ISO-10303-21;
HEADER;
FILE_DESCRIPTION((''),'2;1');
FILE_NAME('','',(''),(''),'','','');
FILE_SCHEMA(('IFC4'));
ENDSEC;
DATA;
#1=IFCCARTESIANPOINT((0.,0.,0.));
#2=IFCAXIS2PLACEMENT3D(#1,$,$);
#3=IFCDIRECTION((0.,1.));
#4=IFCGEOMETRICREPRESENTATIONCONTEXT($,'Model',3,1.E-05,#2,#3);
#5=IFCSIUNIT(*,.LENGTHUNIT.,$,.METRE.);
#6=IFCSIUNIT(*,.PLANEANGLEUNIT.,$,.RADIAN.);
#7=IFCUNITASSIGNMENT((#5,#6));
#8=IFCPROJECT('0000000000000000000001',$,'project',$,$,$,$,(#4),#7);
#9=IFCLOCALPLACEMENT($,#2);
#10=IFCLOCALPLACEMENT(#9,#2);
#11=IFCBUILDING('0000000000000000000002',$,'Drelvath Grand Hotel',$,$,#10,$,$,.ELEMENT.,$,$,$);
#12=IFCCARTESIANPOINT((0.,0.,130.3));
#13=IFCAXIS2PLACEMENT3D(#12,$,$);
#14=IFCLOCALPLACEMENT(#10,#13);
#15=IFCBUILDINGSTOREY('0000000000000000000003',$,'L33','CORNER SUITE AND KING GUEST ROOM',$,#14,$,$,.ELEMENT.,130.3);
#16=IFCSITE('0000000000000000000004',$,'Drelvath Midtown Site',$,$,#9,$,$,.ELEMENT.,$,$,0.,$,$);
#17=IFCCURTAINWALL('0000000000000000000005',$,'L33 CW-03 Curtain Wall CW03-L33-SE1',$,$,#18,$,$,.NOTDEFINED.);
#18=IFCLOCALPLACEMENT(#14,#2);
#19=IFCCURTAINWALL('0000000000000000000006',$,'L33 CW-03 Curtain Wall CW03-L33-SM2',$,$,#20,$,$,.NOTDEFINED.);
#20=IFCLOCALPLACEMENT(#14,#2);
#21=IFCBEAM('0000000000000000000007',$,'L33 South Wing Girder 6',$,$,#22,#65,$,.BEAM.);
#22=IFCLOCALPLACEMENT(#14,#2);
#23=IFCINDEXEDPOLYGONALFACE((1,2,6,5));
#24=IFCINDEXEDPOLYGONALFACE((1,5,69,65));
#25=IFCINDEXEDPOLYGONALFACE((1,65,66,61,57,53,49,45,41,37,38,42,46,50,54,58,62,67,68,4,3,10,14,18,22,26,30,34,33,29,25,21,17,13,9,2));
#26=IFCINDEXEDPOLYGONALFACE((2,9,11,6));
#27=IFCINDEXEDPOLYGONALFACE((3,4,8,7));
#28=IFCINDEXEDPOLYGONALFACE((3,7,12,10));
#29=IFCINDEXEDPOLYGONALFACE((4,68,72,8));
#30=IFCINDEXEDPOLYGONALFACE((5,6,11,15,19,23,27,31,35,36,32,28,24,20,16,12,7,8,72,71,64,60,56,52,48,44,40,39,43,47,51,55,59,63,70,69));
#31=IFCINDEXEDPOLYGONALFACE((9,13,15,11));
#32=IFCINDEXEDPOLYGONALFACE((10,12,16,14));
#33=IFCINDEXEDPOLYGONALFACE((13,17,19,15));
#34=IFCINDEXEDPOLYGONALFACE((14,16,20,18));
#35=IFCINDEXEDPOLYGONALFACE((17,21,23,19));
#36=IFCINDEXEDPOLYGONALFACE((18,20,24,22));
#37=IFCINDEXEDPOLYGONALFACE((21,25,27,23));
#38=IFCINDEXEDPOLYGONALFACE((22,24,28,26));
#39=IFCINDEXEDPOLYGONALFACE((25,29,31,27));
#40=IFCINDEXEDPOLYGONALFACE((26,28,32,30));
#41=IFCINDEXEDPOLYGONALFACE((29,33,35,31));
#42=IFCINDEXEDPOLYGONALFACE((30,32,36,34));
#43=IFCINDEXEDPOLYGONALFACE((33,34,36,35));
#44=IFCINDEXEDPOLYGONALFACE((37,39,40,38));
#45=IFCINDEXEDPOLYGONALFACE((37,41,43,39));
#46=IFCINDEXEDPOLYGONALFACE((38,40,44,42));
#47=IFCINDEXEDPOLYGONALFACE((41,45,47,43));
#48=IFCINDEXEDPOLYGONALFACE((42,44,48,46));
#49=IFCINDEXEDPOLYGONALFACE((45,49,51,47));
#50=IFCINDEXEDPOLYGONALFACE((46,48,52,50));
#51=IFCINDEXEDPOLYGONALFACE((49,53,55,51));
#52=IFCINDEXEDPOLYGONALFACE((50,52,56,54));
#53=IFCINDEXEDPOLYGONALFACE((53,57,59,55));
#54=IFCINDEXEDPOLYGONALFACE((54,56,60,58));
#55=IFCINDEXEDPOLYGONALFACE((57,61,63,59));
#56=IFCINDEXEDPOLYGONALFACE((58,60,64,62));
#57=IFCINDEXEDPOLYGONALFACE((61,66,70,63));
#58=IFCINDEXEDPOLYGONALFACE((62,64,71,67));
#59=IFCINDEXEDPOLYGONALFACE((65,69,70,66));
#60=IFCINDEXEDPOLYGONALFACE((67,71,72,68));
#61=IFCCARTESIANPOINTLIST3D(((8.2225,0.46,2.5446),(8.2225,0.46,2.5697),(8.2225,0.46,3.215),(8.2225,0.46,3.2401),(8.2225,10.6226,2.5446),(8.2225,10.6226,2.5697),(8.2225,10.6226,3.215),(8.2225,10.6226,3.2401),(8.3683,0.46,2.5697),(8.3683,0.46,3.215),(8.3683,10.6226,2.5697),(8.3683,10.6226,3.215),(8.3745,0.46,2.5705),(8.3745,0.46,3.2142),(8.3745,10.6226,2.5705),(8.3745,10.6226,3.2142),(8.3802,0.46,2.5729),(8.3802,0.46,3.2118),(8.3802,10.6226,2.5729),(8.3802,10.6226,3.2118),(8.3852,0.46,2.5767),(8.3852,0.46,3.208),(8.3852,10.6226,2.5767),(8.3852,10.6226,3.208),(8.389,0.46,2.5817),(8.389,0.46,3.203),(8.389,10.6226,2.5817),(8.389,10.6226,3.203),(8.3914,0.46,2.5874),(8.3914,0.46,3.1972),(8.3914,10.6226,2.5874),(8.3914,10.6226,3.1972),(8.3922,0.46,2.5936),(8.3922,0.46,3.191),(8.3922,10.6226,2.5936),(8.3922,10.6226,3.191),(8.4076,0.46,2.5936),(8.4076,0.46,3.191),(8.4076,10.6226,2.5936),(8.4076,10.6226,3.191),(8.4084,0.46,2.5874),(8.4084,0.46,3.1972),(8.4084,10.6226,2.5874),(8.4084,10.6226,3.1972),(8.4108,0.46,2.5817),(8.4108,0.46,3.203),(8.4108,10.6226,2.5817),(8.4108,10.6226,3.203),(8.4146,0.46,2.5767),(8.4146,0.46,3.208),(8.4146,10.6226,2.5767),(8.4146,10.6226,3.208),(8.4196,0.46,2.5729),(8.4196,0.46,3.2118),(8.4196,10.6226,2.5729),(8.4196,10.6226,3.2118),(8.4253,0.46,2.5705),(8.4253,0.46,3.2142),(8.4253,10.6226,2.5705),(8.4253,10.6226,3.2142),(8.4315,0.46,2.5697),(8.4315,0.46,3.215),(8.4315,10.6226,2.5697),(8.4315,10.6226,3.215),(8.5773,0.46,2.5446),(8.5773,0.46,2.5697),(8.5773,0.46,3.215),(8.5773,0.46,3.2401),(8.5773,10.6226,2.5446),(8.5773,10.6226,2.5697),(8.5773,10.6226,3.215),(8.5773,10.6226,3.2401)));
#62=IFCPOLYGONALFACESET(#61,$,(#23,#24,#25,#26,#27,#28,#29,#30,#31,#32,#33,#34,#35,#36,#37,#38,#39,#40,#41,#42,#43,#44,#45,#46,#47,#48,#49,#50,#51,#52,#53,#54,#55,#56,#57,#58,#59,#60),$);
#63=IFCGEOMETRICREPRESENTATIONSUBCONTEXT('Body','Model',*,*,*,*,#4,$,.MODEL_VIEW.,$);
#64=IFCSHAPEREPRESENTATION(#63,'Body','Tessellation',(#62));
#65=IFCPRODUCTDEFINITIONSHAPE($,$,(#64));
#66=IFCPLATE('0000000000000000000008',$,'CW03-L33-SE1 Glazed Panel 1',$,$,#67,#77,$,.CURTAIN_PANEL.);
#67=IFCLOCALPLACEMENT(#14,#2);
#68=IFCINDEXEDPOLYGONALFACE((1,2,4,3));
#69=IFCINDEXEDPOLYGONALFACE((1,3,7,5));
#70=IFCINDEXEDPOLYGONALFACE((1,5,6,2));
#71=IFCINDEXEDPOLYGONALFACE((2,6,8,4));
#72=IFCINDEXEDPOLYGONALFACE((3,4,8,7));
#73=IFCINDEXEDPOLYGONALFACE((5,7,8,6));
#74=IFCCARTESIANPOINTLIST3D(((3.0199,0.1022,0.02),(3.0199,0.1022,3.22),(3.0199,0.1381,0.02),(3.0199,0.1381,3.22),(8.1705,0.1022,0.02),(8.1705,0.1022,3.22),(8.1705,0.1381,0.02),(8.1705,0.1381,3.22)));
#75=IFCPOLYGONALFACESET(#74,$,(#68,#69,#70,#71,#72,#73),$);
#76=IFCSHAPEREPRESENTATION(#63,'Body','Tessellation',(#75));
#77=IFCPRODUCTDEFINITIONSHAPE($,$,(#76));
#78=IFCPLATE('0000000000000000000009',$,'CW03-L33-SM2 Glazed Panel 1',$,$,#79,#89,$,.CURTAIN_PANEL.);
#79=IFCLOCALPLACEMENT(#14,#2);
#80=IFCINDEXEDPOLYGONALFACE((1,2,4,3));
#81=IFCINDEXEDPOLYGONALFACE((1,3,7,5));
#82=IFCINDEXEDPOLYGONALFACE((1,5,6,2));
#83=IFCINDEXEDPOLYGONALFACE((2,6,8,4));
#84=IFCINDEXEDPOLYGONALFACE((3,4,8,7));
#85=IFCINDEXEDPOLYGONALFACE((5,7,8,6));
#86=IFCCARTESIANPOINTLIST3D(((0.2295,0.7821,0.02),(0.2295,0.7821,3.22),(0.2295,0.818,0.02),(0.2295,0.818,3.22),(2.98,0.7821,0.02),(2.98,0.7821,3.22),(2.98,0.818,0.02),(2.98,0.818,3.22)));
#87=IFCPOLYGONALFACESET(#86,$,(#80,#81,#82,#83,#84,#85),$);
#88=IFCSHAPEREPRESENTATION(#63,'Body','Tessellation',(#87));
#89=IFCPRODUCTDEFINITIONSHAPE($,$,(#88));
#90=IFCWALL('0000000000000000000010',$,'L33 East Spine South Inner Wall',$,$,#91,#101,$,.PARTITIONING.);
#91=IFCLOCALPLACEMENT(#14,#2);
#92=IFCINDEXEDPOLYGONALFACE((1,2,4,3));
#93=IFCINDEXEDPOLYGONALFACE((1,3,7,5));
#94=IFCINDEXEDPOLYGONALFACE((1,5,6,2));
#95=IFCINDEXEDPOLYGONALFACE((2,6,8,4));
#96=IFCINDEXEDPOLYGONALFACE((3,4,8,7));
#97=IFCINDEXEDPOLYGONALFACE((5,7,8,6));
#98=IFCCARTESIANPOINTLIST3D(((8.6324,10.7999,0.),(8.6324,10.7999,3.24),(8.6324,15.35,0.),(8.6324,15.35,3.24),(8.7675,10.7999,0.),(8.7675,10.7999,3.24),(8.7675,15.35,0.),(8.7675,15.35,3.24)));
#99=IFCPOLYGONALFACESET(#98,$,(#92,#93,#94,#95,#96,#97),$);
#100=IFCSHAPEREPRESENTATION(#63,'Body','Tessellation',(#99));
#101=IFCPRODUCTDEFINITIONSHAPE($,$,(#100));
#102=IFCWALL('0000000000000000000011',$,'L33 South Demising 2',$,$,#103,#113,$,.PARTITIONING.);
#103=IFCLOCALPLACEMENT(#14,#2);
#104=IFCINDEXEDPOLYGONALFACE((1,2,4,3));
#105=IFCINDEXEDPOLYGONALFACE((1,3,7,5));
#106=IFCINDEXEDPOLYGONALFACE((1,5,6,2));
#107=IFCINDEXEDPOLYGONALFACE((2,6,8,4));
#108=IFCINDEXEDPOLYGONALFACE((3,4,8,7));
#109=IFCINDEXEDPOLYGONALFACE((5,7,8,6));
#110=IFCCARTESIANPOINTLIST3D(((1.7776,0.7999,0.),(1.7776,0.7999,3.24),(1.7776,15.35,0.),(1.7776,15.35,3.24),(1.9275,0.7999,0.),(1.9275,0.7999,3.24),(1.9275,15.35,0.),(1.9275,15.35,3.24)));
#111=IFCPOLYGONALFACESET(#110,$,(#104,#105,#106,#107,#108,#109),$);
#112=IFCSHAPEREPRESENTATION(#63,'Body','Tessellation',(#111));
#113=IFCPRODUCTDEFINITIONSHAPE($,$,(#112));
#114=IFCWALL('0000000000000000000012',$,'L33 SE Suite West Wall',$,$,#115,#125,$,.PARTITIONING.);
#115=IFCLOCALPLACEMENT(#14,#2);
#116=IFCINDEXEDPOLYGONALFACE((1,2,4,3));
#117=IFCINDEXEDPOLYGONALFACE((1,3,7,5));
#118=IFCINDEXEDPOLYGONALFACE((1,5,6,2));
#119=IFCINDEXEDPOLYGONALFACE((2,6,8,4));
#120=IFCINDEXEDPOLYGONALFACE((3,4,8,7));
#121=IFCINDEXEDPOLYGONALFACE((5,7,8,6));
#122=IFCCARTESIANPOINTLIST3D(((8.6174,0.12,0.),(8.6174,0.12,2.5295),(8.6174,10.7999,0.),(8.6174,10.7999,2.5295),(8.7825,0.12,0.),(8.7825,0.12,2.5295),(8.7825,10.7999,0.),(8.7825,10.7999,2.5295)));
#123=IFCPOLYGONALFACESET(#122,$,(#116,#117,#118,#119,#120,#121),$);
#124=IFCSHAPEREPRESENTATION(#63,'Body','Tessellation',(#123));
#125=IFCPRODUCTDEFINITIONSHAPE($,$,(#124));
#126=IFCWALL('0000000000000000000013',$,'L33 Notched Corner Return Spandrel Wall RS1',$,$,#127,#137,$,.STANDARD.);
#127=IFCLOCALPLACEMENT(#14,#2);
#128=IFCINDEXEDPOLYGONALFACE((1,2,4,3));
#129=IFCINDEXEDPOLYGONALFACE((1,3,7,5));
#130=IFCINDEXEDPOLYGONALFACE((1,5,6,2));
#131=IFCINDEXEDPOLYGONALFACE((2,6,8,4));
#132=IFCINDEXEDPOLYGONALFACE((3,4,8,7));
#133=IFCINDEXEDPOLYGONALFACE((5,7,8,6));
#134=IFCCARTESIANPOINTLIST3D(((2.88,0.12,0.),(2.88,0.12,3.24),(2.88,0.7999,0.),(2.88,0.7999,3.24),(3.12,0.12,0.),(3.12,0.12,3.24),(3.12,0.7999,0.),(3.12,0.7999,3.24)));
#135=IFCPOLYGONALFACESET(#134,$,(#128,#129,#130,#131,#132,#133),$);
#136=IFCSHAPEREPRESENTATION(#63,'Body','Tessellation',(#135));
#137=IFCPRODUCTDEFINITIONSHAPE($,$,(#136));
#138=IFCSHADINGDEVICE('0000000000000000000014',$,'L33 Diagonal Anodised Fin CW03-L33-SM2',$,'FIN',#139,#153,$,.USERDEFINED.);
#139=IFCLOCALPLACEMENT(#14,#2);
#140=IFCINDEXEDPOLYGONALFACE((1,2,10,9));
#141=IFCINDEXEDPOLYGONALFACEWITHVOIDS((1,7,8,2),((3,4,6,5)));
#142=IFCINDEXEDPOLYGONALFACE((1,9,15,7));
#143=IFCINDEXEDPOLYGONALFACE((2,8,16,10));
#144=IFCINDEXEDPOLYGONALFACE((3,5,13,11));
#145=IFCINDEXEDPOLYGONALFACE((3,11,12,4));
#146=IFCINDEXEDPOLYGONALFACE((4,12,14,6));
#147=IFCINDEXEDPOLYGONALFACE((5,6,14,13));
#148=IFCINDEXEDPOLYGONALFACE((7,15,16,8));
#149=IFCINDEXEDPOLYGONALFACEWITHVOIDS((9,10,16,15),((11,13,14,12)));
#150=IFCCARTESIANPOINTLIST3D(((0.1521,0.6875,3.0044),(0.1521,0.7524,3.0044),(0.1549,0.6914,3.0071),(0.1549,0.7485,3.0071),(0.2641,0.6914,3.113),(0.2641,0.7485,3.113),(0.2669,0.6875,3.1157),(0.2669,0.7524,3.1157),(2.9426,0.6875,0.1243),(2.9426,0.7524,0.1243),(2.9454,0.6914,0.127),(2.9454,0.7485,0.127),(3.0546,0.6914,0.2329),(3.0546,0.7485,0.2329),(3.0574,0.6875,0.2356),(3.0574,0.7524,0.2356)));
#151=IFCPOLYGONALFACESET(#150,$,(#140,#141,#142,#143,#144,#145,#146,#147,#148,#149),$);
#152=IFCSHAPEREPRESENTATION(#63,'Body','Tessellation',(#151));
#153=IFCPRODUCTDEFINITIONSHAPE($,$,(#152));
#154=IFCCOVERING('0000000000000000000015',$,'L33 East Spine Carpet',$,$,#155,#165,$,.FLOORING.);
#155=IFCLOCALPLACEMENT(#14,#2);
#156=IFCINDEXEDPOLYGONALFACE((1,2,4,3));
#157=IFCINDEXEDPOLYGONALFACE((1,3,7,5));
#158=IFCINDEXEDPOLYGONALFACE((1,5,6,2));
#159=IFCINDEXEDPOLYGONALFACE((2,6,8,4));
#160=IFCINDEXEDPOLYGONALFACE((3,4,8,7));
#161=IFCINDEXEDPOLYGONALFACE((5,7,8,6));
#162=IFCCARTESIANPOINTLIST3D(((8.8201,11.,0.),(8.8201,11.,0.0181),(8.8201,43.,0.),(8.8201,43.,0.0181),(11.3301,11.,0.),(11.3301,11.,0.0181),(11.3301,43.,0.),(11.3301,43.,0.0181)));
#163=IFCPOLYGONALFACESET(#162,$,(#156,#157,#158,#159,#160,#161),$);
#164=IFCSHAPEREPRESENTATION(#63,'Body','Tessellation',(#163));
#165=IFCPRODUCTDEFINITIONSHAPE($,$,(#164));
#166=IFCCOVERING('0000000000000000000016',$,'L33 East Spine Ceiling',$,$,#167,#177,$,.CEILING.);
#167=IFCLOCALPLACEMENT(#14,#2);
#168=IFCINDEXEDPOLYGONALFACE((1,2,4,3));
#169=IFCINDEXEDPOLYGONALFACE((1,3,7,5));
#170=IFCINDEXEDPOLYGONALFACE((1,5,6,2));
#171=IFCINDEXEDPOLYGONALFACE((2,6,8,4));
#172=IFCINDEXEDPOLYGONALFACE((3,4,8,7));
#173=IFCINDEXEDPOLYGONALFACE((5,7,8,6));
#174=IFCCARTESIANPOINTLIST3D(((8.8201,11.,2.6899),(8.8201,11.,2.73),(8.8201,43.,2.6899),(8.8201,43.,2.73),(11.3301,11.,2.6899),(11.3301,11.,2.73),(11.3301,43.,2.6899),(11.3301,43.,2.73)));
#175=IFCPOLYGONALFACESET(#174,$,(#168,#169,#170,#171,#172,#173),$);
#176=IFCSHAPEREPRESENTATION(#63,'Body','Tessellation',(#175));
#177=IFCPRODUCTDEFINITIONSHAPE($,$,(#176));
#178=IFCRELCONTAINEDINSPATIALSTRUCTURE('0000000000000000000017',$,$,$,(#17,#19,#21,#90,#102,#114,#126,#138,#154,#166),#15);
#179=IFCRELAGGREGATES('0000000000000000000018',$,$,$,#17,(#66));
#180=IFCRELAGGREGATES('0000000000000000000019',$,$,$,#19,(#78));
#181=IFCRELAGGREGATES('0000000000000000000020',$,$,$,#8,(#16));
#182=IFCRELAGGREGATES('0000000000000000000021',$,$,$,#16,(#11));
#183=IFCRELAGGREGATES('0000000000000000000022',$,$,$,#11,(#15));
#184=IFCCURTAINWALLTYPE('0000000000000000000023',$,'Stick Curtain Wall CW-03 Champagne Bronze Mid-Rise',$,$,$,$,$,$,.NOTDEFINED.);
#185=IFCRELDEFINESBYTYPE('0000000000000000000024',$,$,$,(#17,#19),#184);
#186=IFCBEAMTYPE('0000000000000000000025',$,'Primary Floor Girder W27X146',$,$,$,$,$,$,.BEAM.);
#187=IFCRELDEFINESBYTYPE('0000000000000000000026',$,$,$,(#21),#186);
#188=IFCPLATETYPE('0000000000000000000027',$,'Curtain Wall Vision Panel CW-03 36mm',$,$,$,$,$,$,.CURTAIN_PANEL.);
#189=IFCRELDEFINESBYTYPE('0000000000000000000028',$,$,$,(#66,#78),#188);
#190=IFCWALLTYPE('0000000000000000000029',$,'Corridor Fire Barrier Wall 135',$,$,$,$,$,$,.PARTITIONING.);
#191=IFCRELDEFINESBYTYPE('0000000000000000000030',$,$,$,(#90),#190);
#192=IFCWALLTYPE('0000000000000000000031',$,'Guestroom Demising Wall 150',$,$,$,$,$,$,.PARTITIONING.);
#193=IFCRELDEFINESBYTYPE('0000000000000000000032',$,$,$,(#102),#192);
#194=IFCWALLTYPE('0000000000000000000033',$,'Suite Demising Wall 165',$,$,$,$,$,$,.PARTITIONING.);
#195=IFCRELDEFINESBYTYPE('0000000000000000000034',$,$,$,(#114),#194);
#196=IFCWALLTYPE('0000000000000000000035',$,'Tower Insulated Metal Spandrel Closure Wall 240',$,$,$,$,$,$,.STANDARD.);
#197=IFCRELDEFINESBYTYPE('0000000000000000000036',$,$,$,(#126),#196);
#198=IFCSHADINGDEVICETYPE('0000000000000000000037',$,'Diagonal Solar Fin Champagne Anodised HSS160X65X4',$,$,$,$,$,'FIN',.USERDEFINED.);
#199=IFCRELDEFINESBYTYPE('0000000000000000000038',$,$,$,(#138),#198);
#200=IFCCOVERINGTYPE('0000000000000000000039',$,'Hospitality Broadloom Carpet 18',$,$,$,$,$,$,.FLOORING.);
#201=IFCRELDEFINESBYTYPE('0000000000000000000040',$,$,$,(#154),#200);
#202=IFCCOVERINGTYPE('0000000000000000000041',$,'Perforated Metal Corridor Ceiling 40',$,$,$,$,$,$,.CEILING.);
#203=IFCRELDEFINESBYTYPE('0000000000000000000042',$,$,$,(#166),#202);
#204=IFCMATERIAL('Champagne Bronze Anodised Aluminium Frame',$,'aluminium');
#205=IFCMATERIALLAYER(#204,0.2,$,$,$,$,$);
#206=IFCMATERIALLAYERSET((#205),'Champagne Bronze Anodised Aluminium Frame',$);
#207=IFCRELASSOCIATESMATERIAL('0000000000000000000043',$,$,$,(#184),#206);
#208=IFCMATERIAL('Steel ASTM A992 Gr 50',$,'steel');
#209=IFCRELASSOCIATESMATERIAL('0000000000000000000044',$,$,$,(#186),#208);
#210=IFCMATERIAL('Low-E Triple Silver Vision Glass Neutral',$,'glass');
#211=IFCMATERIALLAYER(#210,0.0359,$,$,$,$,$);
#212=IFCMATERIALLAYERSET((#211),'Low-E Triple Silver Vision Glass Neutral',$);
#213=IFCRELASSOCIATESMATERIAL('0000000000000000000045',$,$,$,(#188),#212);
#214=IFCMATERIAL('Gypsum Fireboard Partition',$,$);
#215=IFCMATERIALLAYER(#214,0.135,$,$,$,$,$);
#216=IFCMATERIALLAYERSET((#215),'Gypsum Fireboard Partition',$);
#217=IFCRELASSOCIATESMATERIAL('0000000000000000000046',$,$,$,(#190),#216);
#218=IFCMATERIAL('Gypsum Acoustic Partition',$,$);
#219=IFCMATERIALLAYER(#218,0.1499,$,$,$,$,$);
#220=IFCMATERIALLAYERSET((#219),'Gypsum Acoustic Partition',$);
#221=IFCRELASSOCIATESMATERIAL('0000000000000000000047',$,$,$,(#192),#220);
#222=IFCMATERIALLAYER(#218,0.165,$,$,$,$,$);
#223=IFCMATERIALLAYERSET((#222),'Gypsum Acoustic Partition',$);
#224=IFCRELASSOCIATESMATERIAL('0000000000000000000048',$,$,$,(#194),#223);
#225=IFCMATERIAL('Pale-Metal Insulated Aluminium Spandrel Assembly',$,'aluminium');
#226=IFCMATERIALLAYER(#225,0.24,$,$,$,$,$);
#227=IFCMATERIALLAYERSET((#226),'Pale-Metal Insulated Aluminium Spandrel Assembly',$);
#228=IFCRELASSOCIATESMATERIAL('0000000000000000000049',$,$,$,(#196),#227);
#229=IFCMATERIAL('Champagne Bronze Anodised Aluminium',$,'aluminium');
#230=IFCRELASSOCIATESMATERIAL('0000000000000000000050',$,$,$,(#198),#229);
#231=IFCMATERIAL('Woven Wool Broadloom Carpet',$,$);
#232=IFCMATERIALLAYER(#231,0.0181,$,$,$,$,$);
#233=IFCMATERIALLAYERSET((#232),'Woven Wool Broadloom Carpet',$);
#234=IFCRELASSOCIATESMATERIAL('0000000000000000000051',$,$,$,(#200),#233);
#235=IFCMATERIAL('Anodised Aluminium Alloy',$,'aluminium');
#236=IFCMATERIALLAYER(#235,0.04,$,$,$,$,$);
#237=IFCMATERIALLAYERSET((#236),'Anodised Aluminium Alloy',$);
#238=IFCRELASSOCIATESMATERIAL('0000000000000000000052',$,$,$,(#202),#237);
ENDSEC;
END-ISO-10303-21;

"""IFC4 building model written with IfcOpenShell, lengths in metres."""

from ifc_helpers import new_model, si_unit, direction, frame, frame_2d, origin, origin_2d, place, context, subcontext, project, spatial, polyline, rectangle, hollow_rectangle, i_section, outline, extrude, material, layer, layer_set, material_profile, profile_set, type_object, element, aggregate, save


model = new_model("IFC4")

# Units and contexts
model_context = context("Model", 3, precision=1e-05, world=origin(), true_north=direction((0.0, 1.0)))
body_context = subcontext(model_context, "Body", "Model", "MODEL_VIEW")
ifc_project = project(units=[si_unit("LENGTHUNIT", "METRE"), si_unit("PLANEANGLEUNIT", "RADIAN")], contexts=[model_context])

# Site, building, storey
site_placement = place(None, origin())
site = spatial("IfcSite", under=ifc_project, at=site_placement, Name="Drelvath Midtown Site", CompositionType="ELEMENT", RefElevation=0.0)
building_placement = place(site_placement, origin())
building = spatial("IfcBuilding", under=site, at=building_placement, Name="Drelvath Grand Hotel", CompositionType="ELEMENT")
storey_placement = place(building_placement, frame((0.0, 0.0, 130.3)))
storey = spatial("IfcBuildingStorey", under=building, at=storey_placement, Name="L33", Description="CORNER SUITE AND KING GUEST ROOM", CompositionType="ELEMENT", Elevation=130.3)

# Curtain walls
ifc_material_1 = material(Name="Champagne Bronze Anodised Aluminium Frame", Category="aluminium")
ifc_layer_1 = layer(ifc_material_1, 0.2)
ifc_layer_set_1 = layer_set([ifc_layer_1], Name="Champagne Bronze Anodised Aluminium Frame")
curtain_wall_type = type_object("IfcCurtainWallType", Name="Stick Curtain Wall CW-03 Champagne Bronze Mid-Rise", PredefinedType="NOTDEFINED", material=ifc_layer_set_1)
curtain_wall_1_placement = place(storey_placement, origin())
curtain_wall_1 = element("IfcCurtainWall", 1, at=curtain_wall_1_placement, inside=storey, type_object=curtain_wall_type, Name="L33 CW-03 Curtain Wall CW03-L33-SE1", PredefinedType="NOTDEFINED")
curtain_wall_2_placement = place(storey_placement, origin())
curtain_wall_2 = element("IfcCurtainWall", 2, at=curtain_wall_2_placement, inside=storey, type_object=curtain_wall_type, Name="L33 CW-03 Curtain Wall CW03-L33-SM2", PredefinedType="NOTDEFINED")

# Beam
ifc_material_2 = material(Name="Steel ASTM A992 Gr 50", Category="steel")
ifc_material_profile_1 = material_profile(ifc_material_2, i_section(OverallWidth=0.3547, OverallDepth=0.6956, WebThickness=0.0154, FlangeThickness=0.0251, FilletRadius=0.0239, at=origin_2d()), Name="W27X146")
ifc_profile_set_1 = profile_set([ifc_material_profile_1], Name="Steel ASTM A992 Gr 50")
beam_type_1 = type_object("IfcBeamType", Name="Primary Floor Girder W27X146", PredefinedType="BEAM", material=ifc_profile_set_1)
beam_1_placement = place(storey_placement, frame((8.3999, 0.46, 2.8923), z_axis=(0.0, 1.0, 0.0), x_axis=(-1.0, 0.0, 0.0)))
element("IfcBeam", 3, at=beam_1_placement, inside=storey, type_object=beam_type_1, Name="L33 South Wing Girder 6", PredefinedType="BEAM", context=body_context, shape_type="SweptSolid", body=[
    extrude(i_section(OverallWidth=0.3547, OverallDepth=0.6956, WebThickness=0.0154, FlangeThickness=0.0251, FilletRadius=0.0239, at=origin_2d()), origin(), (0.0, 0.0, 1.0), 10.1626),
])

# Plates
ifc_material_3 = material(Name="Low-E Triple Silver Vision Glass Neutral", Category="glass")
ifc_layer_2 = layer(ifc_material_3, 0.0359)
ifc_layer_set_2 = layer_set([ifc_layer_2], Name="Low-E Triple Silver Vision Glass Neutral")
plate_type = type_object("IfcPlateType", Name="Curtain Wall Vision Panel CW-03 36mm", PredefinedType="CURTAIN_PANEL", material=ifc_layer_set_2)
plate_1_placement = place(storey_placement, frame((5.5952, 0.1201, 0.02), z_axis=(0.0, 0.0, 1.0), x_axis=(-1.0, 0.0, 0.0)))
plate_1 = element("IfcPlate", 4, at=plate_1_placement, type_object=plate_type, Name="CW03-L33-SE1 Glazed Panel 1", PredefinedType="CURTAIN_PANEL", context=body_context, shape_type="SweptSolid", body=[
    extrude(rectangle(XDim=5.1506, YDim=0.0359, at=origin_2d()), origin(), (0.0, 0.0, 1.0), 3.2),
])
aggregate(curtain_wall_1, [plate_1])
plate_2_placement = place(storey_placement, frame((1.6047, 0.8, 0.02), z_axis=(0.0, 0.0, 1.0), x_axis=(-1.0, 0.0, 0.0)))
plate_2 = element("IfcPlate", 5, at=plate_2_placement, type_object=plate_type, Name="CW03-L33-SM2 Glazed Panel 1", PredefinedType="CURTAIN_PANEL", context=body_context, shape_type="SweptSolid", body=[
    extrude(rectangle(XDim=2.7505, YDim=0.0359, at=origin_2d()), origin(), (0.0, 0.0, 1.0), 3.2),
])
aggregate(curtain_wall_2, [plate_2])

# Wall
ifc_material_4 = material(Name="Gypsum Fireboard Partition")
ifc_layer_3 = layer(ifc_material_4, 0.135)
ifc_layer_set_3 = layer_set([ifc_layer_3], Name="Gypsum Fireboard Partition")
wall_type_1 = type_object("IfcWallType", Name="Corridor Fire Barrier Wall 135", PredefinedType="PARTITIONING", material=ifc_layer_set_3)
wall_1_placement = place(storey_placement, frame((8.7, 10.8, 0.0), z_axis=(0.0, 0.0, 1.0), x_axis=(0.0, 1.0, 0.0)))
element("IfcWall", 6, at=wall_1_placement, inside=storey, type_object=wall_type_1, Name="L33 East Spine South Inner Wall", PredefinedType="PARTITIONING", context=body_context, shape_type="SweptSolid", body=[
    extrude(rectangle(XDim=4.55, YDim=0.135, at=frame_2d((2.2749, 0.0))), origin(), (0.0, 0.0, 1.0), 3.24),
])

# Walls
ifc_material_5 = material(Name="Gypsum Acoustic Partition")
ifc_layer_4 = layer(ifc_material_5, 0.1499)
ifc_layer_set_4 = layer_set([ifc_layer_4], Name="Gypsum Acoustic Partition")
wall_type_2 = type_object("IfcWallType", Name="Guestroom Demising Wall 150", PredefinedType="PARTITIONING", material=ifc_layer_set_4)
wall_2_placement = place(storey_placement, frame((1.8525, 0.8, 0.0), z_axis=(0.0, 0.0, 1.0), x_axis=(0.0, 1.0, 0.0)))
element("IfcWall", 7, at=wall_2_placement, inside=storey, type_object=wall_type_2, Name="L33 South Demising 2", PredefinedType="PARTITIONING", context=body_context, shape_type="SweptSolid", body=[
    extrude(rectangle(XDim=14.55, YDim=0.1499, at=frame_2d((7.2749, 0.0))), origin(), (0.0, 0.0, 1.0), 3.24),
])
ifc_layer_5 = layer(ifc_material_5, 0.165)
ifc_layer_set_5 = layer_set([ifc_layer_5], Name="Gypsum Acoustic Partition")
wall_type_3 = type_object("IfcWallType", Name="Suite Demising Wall 165", PredefinedType="PARTITIONING", material=ifc_layer_set_5)
wall_3_placement = place(storey_placement, frame((8.7, 0.1201, 0.0), z_axis=(0.0, 0.0, 1.0), x_axis=(0.0, 1.0, 0.0)))
element("IfcWall", 8, at=wall_3_placement, inside=storey, type_object=wall_type_3, Name="L33 SE Suite West Wall", PredefinedType="PARTITIONING", context=body_context, shape_type="SweptSolid", body=[
    extrude(rectangle(XDim=10.6799, YDim=0.165, at=frame_2d((5.3398, 0.0))), origin(), (0.0, 0.0, 1.0), 2.5295),
])
ifc_material_6 = material(Name="Pale-Metal Insulated Aluminium Spandrel Assembly", Category="aluminium")
ifc_layer_6 = layer(ifc_material_6, 0.24)
ifc_layer_set_6 = layer_set([ifc_layer_6], Name="Pale-Metal Insulated Aluminium Spandrel Assembly")
wall_type_4 = type_object("IfcWallType", Name="Tower Insulated Metal Spandrel Closure Wall 240", PredefinedType="STANDARD", material=ifc_layer_set_6)
wall_4_placement = place(storey_placement, frame((3.0, 0.1201, 0.0), z_axis=(0.0, 0.0, 1.0), x_axis=(0.0, 1.0, 0.0)))
element("IfcWall", 9, at=wall_4_placement, inside=storey, type_object=wall_type_4, Name="L33 Notched Corner Return Spandrel Wall RS1", PredefinedType="STANDARD", context=body_context, shape_type="SweptSolid", body=[
    extrude(rectangle(XDim=0.6799, YDim=0.24, at=frame_2d((0.3398, 0.0))), origin(), (0.0, 0.0, 1.0), 3.24),
])

# Shading device
ifc_material_7 = material(Name="Champagne Bronze Anodised Aluminium", Category="aluminium")
ifc_material_profile_2 = material_profile(ifc_material_7, hollow_rectangle(XDim=0.0649, YDim=0.1599, WallThickness=0.0039, at=origin_2d()), Name="HSS160X65X4")
ifc_profile_set_2 = profile_set([ifc_material_profile_2], Name="Champagne Bronze Anodised Aluminium")
shading_device_type = type_object("IfcShadingDeviceType", Name="Diagonal Solar Fin Champagne Anodised HSS160X65X4", ElementType="FIN", PredefinedType="USERDEFINED", material=ifc_profile_set_2)
shading_device_placement = place(storey_placement, frame((3.0, 0.72, 0.1799), z_axis=(-0.695847, 0.0, 0.71819), x_axis=(0.0, -1.0, 0.0)))
element("IfcShadingDevice", 10, at=shading_device_placement, inside=storey, type_object=shading_device_type, Name="L33 Diagonal Anodised Fin CW03-L33-SM2", ObjectType="FIN", PredefinedType="USERDEFINED", context=body_context, shape_type="SweptSolid", body=[
    extrude(hollow_rectangle(XDim=0.0649, YDim=0.1599, WallThickness=0.0039, at=origin_2d()), origin(), (0.0, 0.0, 1.0), 4.0103),
])

# Coverings
ifc_material_8 = material(Name="Woven Wool Broadloom Carpet")
ifc_layer_7 = layer(ifc_material_8, 0.0181)
ifc_layer_set_7 = layer_set([ifc_layer_7], Name="Woven Wool Broadloom Carpet")
covering_type_1 = type_object("IfcCoveringType", Name="Hospitality Broadloom Carpet 18", PredefinedType="FLOORING", material=ifc_layer_set_7)
covering_1_placement = place(storey_placement, origin())
element("IfcCovering", 11, at=covering_1_placement, inside=storey, type_object=covering_type_1, Name="L33 East Spine Carpet", PredefinedType="FLOORING", context=body_context, shape_type="SweptSolid", body=[
    extrude(outline(polyline([(11.3301, 11.0), (11.3301, 43.0), (8.8201, 43.0), (8.8201, 11.0), (11.3301, 11.0)])), origin(), (0.0, 0.0, 1.0), 0.0181),
])
ifc_material_9 = material(Name="Anodised Aluminium Alloy", Category="aluminium")
ifc_layer_8 = layer(ifc_material_9, 0.04)
ifc_layer_set_8 = layer_set([ifc_layer_8], Name="Anodised Aluminium Alloy")
covering_type_2 = type_object("IfcCoveringType", Name="Perforated Metal Corridor Ceiling 40", PredefinedType="CEILING", material=ifc_layer_set_8)
covering_2_placement = place(storey_placement, frame((0.0, 0.0, 2.6899)))
element("IfcCovering", 12, at=covering_2_placement, inside=storey, type_object=covering_type_2, Name="L33 East Spine Ceiling", PredefinedType="CEILING", context=body_context, shape_type="SweptSolid", body=[
    extrude(outline(polyline([(11.3301, 11.0), (11.3301, 43.0), (8.8201, 43.0), (8.8201, 11.0), (11.3301, 11.0)])), origin(), (0.0, 0.0, 1.0), 0.04),
])

save(model, "model.ifc")
